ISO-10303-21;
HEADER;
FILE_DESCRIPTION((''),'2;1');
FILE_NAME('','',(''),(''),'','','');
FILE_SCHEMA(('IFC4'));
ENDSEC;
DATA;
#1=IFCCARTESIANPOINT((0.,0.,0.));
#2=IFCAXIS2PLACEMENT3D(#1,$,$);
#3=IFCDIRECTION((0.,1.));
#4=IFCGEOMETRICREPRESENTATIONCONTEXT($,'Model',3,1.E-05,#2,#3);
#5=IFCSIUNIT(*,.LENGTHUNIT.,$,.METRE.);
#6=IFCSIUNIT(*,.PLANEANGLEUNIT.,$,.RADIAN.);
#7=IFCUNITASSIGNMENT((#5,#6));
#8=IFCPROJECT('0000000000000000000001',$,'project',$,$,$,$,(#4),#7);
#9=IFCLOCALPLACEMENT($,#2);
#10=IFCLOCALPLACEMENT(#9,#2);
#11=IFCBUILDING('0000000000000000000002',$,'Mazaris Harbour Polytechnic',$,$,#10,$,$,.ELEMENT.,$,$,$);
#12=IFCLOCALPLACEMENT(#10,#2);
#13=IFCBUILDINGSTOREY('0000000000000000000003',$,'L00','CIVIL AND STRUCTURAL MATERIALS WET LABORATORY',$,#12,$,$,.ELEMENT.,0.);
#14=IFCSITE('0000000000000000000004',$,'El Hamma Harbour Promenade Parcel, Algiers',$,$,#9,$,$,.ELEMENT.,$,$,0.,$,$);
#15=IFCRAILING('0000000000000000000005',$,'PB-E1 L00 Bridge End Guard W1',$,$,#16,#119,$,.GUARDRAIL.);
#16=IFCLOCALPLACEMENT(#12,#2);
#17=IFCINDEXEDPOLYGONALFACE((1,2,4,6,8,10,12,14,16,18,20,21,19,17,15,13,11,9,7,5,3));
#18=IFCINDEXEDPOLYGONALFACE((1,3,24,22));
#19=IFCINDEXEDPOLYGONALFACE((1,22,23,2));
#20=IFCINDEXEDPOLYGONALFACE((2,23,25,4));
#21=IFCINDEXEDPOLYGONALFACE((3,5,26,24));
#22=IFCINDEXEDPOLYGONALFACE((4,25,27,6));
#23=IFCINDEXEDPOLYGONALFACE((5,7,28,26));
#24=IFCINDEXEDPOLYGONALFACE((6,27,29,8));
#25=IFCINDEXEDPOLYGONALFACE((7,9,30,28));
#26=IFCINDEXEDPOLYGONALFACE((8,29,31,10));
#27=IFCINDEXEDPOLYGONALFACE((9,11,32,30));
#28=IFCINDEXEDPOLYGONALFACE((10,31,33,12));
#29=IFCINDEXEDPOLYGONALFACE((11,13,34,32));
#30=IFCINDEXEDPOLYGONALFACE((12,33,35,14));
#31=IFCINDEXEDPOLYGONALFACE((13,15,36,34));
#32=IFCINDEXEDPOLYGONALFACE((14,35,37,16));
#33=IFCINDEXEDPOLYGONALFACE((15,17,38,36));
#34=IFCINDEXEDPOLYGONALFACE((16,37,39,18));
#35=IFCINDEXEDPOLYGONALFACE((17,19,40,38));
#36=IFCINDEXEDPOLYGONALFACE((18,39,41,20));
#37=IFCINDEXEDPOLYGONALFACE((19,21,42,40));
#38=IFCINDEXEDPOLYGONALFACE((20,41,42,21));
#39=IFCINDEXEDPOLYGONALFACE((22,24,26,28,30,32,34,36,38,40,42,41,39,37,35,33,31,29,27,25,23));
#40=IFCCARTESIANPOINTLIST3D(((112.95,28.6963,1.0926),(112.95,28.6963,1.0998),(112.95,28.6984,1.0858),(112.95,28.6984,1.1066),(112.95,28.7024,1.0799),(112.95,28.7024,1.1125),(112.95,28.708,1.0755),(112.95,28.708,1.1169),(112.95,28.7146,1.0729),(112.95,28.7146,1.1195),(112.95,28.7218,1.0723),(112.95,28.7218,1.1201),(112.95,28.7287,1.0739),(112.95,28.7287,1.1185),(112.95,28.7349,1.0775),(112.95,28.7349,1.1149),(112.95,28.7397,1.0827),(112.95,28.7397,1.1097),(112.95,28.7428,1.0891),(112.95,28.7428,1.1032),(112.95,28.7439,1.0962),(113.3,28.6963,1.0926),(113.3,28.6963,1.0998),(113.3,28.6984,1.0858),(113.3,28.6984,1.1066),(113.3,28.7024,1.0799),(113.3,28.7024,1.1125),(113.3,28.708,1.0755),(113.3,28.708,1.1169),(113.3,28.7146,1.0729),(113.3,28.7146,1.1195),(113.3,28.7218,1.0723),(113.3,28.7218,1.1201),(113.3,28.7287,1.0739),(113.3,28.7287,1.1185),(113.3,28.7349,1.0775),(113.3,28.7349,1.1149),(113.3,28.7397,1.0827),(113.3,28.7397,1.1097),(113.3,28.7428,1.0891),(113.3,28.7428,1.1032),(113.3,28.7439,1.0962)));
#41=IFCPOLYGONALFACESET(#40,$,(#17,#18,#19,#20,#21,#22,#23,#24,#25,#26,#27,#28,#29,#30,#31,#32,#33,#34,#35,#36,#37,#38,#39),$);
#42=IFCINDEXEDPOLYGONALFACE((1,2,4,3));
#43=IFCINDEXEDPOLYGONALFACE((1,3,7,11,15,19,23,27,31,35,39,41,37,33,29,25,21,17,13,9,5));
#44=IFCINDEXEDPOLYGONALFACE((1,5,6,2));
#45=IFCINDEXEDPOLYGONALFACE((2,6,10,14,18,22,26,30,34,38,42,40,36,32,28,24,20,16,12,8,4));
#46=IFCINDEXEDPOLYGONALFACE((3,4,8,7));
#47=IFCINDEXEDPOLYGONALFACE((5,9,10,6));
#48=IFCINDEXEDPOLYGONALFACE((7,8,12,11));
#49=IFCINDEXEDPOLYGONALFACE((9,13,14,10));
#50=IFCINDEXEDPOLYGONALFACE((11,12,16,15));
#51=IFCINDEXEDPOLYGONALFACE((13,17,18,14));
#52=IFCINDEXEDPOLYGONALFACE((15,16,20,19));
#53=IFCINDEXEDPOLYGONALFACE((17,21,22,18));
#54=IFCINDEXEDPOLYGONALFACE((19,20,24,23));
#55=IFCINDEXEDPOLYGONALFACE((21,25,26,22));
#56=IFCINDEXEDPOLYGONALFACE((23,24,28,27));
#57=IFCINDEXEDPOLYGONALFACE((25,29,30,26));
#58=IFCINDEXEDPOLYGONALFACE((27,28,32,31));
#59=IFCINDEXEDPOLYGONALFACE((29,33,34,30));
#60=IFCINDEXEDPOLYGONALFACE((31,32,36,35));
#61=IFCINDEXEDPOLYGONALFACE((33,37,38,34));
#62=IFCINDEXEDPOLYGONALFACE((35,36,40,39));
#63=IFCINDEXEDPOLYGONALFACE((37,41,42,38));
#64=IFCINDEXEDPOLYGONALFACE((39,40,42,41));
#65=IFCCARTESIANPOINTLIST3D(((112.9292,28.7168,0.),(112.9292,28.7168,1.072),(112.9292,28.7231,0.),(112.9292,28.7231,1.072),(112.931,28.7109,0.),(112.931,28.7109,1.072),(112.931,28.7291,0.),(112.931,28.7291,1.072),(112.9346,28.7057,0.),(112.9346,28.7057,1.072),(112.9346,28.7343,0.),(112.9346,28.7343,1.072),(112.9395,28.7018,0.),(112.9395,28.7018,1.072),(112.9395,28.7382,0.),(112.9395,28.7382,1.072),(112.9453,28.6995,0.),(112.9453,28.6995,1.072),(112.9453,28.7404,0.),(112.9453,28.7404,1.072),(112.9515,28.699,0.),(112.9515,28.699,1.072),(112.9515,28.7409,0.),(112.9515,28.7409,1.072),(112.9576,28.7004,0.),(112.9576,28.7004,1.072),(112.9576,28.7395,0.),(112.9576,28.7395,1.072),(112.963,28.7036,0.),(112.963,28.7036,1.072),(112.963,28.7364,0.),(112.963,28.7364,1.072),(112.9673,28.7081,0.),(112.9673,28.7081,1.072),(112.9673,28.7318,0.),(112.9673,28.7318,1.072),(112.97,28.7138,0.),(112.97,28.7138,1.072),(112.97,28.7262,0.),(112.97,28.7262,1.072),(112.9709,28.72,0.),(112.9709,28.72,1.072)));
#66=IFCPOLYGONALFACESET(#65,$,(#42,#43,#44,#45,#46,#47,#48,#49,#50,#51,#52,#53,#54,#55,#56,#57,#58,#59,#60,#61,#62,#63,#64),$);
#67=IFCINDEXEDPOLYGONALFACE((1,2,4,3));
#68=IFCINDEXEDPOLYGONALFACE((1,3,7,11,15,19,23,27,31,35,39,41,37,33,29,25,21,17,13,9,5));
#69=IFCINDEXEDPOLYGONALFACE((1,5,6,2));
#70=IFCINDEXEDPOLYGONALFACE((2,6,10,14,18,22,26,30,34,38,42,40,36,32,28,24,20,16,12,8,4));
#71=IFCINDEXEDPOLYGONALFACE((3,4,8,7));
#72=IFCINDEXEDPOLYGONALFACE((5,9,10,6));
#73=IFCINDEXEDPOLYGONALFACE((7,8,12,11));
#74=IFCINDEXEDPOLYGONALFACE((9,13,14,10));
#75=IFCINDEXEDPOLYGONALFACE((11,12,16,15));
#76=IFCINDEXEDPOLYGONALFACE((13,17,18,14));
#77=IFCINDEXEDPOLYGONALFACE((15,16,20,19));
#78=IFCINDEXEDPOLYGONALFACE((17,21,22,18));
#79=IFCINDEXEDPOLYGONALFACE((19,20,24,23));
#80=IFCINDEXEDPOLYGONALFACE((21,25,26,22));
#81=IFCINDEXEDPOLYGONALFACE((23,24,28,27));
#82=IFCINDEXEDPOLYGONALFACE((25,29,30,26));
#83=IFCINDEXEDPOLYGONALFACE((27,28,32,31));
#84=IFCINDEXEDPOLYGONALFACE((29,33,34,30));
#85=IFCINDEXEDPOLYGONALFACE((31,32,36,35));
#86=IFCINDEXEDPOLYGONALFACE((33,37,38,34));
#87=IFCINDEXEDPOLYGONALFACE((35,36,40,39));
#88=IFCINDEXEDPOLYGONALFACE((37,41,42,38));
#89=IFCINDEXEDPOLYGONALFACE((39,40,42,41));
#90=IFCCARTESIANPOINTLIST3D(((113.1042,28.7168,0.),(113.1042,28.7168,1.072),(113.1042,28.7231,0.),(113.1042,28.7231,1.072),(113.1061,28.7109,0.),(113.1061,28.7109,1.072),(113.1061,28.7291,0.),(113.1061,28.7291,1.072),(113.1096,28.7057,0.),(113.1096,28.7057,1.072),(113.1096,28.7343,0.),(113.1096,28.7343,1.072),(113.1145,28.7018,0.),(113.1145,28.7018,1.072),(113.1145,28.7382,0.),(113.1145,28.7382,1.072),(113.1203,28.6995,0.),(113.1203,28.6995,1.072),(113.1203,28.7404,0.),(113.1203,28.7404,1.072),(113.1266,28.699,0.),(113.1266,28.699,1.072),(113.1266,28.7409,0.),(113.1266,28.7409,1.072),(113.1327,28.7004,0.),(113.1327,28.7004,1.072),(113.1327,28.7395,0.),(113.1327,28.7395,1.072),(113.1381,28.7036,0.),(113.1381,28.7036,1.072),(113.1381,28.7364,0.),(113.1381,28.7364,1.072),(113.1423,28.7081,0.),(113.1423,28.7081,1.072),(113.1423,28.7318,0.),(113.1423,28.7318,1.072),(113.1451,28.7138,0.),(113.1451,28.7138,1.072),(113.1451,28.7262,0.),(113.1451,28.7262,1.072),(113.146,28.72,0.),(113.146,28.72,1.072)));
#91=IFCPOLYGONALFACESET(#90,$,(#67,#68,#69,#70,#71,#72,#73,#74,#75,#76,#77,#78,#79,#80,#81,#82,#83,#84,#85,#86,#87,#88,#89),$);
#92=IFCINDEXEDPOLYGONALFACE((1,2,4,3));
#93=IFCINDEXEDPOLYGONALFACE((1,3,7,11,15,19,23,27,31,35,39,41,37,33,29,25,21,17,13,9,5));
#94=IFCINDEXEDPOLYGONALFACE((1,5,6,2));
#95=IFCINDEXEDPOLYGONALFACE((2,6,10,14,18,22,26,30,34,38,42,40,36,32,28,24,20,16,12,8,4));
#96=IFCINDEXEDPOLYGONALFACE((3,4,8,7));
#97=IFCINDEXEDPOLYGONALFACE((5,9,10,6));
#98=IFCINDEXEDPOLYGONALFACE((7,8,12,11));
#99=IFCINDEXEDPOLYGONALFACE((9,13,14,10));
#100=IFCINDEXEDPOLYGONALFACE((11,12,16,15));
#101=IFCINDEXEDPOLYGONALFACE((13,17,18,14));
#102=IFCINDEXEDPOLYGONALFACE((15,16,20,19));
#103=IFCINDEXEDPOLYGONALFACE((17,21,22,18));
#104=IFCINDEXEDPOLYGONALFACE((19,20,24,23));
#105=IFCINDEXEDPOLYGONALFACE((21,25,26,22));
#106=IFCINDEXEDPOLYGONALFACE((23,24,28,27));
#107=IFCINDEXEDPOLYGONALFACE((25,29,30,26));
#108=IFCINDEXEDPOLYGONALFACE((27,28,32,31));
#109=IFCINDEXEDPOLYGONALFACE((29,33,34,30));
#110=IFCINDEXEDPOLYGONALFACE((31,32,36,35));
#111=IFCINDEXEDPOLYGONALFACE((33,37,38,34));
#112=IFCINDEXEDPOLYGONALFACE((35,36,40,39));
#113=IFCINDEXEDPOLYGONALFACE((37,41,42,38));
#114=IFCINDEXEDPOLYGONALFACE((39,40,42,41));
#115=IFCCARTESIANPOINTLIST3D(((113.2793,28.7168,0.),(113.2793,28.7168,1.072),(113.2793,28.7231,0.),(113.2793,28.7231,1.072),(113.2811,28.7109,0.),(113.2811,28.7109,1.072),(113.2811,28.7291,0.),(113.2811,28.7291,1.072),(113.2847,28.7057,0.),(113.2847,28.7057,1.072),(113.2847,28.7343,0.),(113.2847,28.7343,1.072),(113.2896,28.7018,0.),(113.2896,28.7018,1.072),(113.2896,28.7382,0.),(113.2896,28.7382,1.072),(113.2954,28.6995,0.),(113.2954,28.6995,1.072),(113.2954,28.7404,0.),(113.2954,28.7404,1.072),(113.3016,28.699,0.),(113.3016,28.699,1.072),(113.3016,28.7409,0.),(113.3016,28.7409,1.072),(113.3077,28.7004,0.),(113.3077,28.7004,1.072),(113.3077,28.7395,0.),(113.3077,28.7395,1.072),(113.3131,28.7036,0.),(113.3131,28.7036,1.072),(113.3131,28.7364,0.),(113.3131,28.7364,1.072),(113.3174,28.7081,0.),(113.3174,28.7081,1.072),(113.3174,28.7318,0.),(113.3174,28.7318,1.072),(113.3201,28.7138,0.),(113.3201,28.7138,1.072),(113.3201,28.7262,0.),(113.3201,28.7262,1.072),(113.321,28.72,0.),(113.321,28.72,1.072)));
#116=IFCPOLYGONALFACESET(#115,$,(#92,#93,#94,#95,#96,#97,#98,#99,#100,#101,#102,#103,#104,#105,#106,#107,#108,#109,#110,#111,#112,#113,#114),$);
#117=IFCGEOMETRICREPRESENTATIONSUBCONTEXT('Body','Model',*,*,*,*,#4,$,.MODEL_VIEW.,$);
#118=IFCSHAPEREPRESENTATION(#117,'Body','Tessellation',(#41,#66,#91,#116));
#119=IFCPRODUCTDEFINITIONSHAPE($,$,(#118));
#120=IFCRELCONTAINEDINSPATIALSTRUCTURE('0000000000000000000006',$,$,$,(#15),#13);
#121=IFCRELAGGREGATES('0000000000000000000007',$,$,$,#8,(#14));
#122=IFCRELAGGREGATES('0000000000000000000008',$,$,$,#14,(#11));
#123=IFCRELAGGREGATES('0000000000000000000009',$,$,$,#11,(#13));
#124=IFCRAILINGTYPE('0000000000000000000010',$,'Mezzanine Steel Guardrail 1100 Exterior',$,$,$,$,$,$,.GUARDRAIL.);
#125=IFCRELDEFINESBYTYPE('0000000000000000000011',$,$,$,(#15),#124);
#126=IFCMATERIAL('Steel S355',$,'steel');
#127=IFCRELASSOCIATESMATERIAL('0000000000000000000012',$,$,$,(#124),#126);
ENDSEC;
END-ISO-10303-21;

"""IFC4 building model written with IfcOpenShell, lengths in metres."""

from ifc_helpers import new_model, si_unit, direction, frame, origin, origin_2d, place, context, subcontext, project, spatial, circle, extrude, material, type_object, element, save


model = new_model("IFC4")

# Units and contexts
model_context = context("Model", 3, precision=1e-05, world=origin(), true_north=direction((0.0, 1.0)))
body_context = subcontext(model_context, "Body", "Model", "MODEL_VIEW")
ifc_project = project(units=[si_unit("LENGTHUNIT", "METRE"), si_unit("PLANEANGLEUNIT", "RADIAN")], contexts=[model_context])

# Site, building, storey
site_placement = place(None, origin())
site = spatial("IfcSite", under=ifc_project, at=site_placement, Name="El Hamma Harbour Promenade Parcel, Algiers", CompositionType="ELEMENT", RefElevation=0.0)
building_placement = place(site_placement, origin())
building = spatial("IfcBuilding", under=site, at=building_placement, Name="Mazaris Harbour Polytechnic", CompositionType="ELEMENT")
storey_placement = place(building_placement, origin())
storey = spatial("IfcBuildingStorey", under=building, at=storey_placement, Name="L00", Description="CIVIL AND STRUCTURAL MATERIALS WET LABORATORY", CompositionType="ELEMENT", Elevation=0.0)

# Railing
ifc_material_1 = material(Name="Steel S355", Category="steel")
railing_type_1 = type_object("IfcRailingType", Name="Mezzanine Steel Guardrail 1100 Exterior", PredefinedType="GUARDRAIL", material=ifc_material_1)
railing_1_placement = place(storey_placement, frame((112.95, 28.72, 0.0)))
element("IfcRailing", 1, at=railing_1_placement, inside=storey, type_object=railing_type_1, Name="PB-E1 L00 Bridge End Guard W1", PredefinedType="GUARDRAIL", context=body_context, shape_type="SweptSolid", body=[
    extrude(circle(Radius=0.0239, at=origin_2d()), frame((0.0, 0.0, 1.0962), z_axis=(1.0, 0.0, 0.0), x_axis=(0.0, 1.0, 0.0)), (0.0, 0.0, 1.0), 0.3501),
    extrude(circle(Radius=0.021, at=origin_2d()), origin(), (0.0, 0.0, 1.0), 1.072),
    extrude(circle(Radius=0.021, at=origin_2d()), frame((0.175, 0.0, 0.0)), (0.0, 0.0, 1.0), 1.072),
    extrude(circle(Radius=0.021, at=origin_2d()), frame((0.3501, 0.0, 0.0)), (0.0, 0.0, 1.0), 1.072),
])

save(model, "model.ifc")
